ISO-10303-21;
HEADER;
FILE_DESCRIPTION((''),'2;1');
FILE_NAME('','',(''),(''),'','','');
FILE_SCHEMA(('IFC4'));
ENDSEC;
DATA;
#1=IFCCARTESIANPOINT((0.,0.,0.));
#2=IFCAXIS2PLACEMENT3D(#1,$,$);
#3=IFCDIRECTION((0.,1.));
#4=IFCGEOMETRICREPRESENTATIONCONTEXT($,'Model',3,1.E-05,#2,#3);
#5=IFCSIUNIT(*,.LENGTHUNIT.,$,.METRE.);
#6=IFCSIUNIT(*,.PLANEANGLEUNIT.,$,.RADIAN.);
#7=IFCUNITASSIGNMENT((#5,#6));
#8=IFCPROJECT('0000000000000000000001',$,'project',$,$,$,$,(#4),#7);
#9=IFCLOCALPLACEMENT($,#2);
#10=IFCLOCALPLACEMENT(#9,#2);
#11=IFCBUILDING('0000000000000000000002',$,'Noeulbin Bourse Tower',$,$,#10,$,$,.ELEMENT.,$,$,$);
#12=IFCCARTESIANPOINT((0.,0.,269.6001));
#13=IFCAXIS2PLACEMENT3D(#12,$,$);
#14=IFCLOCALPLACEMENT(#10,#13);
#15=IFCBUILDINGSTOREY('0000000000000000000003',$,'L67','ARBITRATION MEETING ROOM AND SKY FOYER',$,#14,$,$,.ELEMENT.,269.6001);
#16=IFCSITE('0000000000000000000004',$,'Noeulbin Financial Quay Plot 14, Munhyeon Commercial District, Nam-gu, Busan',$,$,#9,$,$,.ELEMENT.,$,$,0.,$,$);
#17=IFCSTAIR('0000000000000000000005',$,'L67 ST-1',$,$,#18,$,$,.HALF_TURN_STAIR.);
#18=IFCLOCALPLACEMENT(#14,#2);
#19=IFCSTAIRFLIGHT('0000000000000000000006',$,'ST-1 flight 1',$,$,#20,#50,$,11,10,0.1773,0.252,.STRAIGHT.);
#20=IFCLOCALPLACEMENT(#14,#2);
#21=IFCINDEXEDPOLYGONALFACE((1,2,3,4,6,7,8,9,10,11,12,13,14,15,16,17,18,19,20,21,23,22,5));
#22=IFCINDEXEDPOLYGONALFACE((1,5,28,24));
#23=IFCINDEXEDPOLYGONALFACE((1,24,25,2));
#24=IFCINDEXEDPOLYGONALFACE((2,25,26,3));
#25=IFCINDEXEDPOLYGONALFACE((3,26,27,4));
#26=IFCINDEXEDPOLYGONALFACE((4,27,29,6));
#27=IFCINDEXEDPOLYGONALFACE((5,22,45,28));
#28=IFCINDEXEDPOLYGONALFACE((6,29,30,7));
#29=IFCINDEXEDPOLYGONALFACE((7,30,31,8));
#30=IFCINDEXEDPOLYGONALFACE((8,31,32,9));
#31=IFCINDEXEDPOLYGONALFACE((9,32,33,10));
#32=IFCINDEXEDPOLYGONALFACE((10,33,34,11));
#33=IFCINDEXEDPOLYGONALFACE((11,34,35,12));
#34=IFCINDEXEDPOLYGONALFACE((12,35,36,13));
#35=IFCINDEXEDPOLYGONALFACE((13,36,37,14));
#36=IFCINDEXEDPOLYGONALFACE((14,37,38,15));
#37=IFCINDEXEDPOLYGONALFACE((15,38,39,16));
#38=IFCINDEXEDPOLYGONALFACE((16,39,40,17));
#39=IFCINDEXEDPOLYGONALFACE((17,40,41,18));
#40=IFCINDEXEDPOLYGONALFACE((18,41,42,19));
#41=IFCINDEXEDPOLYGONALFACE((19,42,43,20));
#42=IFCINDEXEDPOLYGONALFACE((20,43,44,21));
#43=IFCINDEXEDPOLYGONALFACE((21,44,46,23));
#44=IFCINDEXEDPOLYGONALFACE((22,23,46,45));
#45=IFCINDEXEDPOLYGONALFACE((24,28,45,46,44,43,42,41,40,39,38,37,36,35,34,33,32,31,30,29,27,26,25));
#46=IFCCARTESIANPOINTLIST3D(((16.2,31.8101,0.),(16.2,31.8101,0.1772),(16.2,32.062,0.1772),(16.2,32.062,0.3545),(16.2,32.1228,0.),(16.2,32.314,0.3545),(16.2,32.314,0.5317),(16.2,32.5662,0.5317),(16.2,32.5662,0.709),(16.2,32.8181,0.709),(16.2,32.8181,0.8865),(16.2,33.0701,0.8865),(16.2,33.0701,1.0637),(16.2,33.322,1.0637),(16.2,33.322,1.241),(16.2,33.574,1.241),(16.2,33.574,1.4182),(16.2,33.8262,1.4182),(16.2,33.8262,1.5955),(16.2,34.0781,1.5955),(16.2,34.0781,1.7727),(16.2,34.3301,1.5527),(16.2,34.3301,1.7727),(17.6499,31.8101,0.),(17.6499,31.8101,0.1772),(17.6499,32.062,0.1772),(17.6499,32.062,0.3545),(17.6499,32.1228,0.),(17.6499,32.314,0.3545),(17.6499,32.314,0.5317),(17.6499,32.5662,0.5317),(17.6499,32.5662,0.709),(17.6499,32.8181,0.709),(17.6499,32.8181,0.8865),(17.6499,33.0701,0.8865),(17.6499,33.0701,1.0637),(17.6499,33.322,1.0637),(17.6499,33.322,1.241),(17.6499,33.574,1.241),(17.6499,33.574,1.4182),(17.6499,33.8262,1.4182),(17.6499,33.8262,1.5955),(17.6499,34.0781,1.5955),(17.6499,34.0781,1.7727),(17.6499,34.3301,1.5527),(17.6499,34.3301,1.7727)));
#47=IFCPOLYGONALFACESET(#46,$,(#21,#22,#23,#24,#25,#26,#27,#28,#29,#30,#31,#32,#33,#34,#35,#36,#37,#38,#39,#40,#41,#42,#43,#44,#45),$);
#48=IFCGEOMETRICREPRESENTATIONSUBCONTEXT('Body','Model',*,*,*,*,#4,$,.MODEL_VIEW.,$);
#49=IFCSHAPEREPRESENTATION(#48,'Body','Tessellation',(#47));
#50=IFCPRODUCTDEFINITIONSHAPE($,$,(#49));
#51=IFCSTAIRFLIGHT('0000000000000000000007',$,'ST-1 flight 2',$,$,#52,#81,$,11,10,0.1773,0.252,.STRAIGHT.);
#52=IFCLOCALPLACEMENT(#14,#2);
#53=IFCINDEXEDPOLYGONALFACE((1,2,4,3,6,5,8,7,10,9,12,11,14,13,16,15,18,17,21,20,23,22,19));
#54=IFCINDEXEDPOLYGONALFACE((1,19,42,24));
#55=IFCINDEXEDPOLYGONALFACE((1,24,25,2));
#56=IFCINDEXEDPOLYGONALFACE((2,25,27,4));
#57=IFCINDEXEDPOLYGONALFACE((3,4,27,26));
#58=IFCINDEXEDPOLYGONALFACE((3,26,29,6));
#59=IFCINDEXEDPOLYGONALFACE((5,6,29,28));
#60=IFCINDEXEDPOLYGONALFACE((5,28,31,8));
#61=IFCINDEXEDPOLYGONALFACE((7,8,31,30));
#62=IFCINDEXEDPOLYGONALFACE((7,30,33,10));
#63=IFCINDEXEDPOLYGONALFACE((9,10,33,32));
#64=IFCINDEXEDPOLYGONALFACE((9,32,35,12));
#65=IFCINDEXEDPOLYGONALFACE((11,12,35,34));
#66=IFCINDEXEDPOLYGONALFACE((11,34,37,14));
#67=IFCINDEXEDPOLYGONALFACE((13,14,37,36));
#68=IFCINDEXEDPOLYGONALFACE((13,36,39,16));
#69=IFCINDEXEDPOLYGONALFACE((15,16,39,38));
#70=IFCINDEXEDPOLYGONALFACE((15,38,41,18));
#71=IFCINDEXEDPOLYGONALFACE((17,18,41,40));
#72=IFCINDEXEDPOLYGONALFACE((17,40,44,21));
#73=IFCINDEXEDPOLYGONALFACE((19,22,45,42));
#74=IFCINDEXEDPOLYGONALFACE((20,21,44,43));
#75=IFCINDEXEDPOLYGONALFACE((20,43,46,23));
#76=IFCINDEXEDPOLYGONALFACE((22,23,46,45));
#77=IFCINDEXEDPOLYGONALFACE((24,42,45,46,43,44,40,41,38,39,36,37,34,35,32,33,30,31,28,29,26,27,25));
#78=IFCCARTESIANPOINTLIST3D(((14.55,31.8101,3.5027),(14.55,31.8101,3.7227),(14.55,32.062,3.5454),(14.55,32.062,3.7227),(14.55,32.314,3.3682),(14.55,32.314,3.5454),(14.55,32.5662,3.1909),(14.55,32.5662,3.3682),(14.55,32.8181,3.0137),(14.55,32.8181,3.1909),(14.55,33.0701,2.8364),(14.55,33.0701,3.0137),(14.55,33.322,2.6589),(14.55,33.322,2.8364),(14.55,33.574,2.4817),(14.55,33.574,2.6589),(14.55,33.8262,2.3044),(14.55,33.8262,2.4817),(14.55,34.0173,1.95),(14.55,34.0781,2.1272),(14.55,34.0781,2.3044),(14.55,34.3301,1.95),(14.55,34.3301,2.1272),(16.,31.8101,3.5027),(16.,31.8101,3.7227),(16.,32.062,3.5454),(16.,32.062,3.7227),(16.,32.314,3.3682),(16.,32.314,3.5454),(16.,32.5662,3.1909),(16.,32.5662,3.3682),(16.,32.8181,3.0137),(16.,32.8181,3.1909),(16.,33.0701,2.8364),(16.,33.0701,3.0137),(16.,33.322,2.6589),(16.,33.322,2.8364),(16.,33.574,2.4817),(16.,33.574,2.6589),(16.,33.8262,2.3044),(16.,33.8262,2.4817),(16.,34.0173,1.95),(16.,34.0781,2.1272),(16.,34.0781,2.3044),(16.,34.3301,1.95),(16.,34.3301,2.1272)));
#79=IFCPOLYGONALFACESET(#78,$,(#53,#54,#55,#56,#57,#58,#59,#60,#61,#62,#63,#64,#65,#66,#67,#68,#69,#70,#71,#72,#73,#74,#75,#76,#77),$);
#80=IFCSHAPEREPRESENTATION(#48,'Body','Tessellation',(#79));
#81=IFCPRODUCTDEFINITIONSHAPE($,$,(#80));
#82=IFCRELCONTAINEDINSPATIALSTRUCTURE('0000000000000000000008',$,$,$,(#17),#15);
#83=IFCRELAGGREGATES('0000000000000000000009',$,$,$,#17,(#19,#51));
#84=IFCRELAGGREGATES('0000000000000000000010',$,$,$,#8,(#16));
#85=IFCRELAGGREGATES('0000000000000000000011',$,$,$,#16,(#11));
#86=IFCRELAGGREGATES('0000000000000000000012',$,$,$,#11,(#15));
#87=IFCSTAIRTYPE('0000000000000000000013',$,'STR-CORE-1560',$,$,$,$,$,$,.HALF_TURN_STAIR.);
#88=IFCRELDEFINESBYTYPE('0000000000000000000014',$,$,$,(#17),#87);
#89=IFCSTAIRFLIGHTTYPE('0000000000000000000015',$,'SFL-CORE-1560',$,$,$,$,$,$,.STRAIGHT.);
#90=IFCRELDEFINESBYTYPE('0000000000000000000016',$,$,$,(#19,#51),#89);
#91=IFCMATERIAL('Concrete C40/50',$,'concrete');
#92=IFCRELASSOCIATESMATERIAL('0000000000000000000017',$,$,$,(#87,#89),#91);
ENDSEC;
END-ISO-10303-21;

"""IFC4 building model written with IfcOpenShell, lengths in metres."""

from ifc_helpers import new_model, si_unit, direction, frame, origin, place, context, subcontext, project, spatial, polyline, outline, extrude, material, type_object, element, aggregate, save


model = new_model("IFC4")

# Units and contexts
model_context = context("Model", 3, precision=1e-05, world=origin(), true_north=direction((0.0, 1.0)))
body_context = subcontext(model_context, "Body", "Model", "MODEL_VIEW")
ifc_project = project(units=[si_unit("LENGTHUNIT", "METRE"), si_unit("PLANEANGLEUNIT", "RADIAN")], contexts=[model_context])

# Site, building, storey
site_placement = place(None, origin())
site = spatial("IfcSite", under=ifc_project, at=site_placement, Name="Noeulbin Financial Quay Plot 14, Munhyeon Commercial District, Nam-gu, Busan", CompositionType="ELEMENT", RefElevation=0.0)
building_placement = place(site_placement, origin())
building = spatial("IfcBuilding", under=site, at=building_placement, Name="Noeulbin Bourse Tower", CompositionType="ELEMENT")
storey_placement = place(building_placement, frame((0.0, 0.0, 269.6001)))
storey = spatial("IfcBuildingStorey", under=building, at=storey_placement, Name="L67", Description="ARBITRATION MEETING ROOM AND SKY FOYER", CompositionType="ELEMENT", Elevation=269.6001)

# Shared definitions
ifc_material_1 = material(Name="Concrete C40/50", Category="concrete")

# Stair, stair flights
stair_type = type_object("IfcStairType", Name="STR-CORE-1560", PredefinedType="HALF_TURN_STAIR", material=ifc_material_1)
stair_placement = place(storey_placement, origin())
stair = element("IfcStair", 1, at=stair_placement, inside=storey, type_object=stair_type, Name="L67 ST-1", PredefinedType="HALF_TURN_STAIR")
stair_flight_type = type_object("IfcStairFlightType", Name="SFL-CORE-1560", PredefinedType="STRAIGHT", material=ifc_material_1)
stair_flight_1_placement = place(storey_placement, frame((16.925, 31.8101, 0.0), z_axis=(0.0, 0.0, 1.0), x_axis=(0.0, 1.0, 0.0)))
stair_flight_1 = element("IfcStairFlight", 2, at=stair_flight_1_placement, type_object=stair_flight_type, Name="ST-1 flight 1", NumberOfRisers=11, NumberOfTreads=10, PredefinedType="STRAIGHT", RiserHeight=0.1773, TreadLength=0.252, context=body_context, shape_type="SweptSolid", body=[
    extrude(outline(polyline([(0.0, 0.0), (0.0, 0.1772), (0.252, 0.1772), (0.252, 0.3545), (0.5039, 0.3545), (0.5039, 0.5317), (0.7561, 0.5317), (0.7561, 0.709), (1.0081, 0.709), (1.0081, 0.8865), (1.26, 0.8865), (1.26, 1.0637), (1.512, 1.0637), (1.512, 1.241), (1.7639, 1.241), (1.7639, 1.4182), (2.0161, 1.4182), (2.0161, 1.5955), (2.2681, 1.5955), (2.2681, 1.7727), (2.52, 1.7727), (2.52, 1.95), (2.52, 1.5527), (0.3127, 0.0), (0.0, 0.0)])), frame((0.0, 0.7251, 0.0), z_axis=(0.0, -1.0, 0.0), x_axis=(1.0, 0.0, 0.0)), (0.0, 0.0, 1.0), 1.45),
])
stair_flight_2_placement = place(storey_placement, frame((15.2749, 34.3301, 1.95), z_axis=(0.0, 0.0, 1.0), x_axis=(0.0, -1.0, 0.0)))
stair_flight_2 = element("IfcStairFlight", 3, at=stair_flight_2_placement, type_object=stair_flight_type, Name="ST-1 flight 2", NumberOfRisers=11, NumberOfTreads=10, PredefinedType="STRAIGHT", RiserHeight=0.1773, TreadLength=0.252, context=body_context, shape_type="SweptSolid", body=[
    extrude(outline(polyline([(0.0, 0.0), (0.0, 0.1772), (0.252, 0.1772), (0.252, 0.3545), (0.5039, 0.3545), (0.5039, 0.5317), (0.7561, 0.5317), (0.7561, 0.709), (1.0081, 0.709), (1.0081, 0.8865), (1.26, 0.8865), (1.26, 1.0637), (1.512, 1.0637), (1.512, 1.241), (1.7639, 1.241), (1.7639, 1.4182), (2.0161, 1.4182), (2.0161, 1.5955), (2.2681, 1.5955), (2.2681, 1.7727), (2.52, 1.7727), (2.52, 1.95), (2.52, 1.5527), (0.3127, 0.0), (0.0, 0.0)])), frame((0.0, 0.7251, 0.0), z_axis=(0.0, -1.0, 0.0), x_axis=(1.0, 0.0, 0.0)), (0.0, 0.0, 1.0), 1.45),
])
aggregate(stair, [stair_flight_1, stair_flight_2])

save(model, "model.ifc")
